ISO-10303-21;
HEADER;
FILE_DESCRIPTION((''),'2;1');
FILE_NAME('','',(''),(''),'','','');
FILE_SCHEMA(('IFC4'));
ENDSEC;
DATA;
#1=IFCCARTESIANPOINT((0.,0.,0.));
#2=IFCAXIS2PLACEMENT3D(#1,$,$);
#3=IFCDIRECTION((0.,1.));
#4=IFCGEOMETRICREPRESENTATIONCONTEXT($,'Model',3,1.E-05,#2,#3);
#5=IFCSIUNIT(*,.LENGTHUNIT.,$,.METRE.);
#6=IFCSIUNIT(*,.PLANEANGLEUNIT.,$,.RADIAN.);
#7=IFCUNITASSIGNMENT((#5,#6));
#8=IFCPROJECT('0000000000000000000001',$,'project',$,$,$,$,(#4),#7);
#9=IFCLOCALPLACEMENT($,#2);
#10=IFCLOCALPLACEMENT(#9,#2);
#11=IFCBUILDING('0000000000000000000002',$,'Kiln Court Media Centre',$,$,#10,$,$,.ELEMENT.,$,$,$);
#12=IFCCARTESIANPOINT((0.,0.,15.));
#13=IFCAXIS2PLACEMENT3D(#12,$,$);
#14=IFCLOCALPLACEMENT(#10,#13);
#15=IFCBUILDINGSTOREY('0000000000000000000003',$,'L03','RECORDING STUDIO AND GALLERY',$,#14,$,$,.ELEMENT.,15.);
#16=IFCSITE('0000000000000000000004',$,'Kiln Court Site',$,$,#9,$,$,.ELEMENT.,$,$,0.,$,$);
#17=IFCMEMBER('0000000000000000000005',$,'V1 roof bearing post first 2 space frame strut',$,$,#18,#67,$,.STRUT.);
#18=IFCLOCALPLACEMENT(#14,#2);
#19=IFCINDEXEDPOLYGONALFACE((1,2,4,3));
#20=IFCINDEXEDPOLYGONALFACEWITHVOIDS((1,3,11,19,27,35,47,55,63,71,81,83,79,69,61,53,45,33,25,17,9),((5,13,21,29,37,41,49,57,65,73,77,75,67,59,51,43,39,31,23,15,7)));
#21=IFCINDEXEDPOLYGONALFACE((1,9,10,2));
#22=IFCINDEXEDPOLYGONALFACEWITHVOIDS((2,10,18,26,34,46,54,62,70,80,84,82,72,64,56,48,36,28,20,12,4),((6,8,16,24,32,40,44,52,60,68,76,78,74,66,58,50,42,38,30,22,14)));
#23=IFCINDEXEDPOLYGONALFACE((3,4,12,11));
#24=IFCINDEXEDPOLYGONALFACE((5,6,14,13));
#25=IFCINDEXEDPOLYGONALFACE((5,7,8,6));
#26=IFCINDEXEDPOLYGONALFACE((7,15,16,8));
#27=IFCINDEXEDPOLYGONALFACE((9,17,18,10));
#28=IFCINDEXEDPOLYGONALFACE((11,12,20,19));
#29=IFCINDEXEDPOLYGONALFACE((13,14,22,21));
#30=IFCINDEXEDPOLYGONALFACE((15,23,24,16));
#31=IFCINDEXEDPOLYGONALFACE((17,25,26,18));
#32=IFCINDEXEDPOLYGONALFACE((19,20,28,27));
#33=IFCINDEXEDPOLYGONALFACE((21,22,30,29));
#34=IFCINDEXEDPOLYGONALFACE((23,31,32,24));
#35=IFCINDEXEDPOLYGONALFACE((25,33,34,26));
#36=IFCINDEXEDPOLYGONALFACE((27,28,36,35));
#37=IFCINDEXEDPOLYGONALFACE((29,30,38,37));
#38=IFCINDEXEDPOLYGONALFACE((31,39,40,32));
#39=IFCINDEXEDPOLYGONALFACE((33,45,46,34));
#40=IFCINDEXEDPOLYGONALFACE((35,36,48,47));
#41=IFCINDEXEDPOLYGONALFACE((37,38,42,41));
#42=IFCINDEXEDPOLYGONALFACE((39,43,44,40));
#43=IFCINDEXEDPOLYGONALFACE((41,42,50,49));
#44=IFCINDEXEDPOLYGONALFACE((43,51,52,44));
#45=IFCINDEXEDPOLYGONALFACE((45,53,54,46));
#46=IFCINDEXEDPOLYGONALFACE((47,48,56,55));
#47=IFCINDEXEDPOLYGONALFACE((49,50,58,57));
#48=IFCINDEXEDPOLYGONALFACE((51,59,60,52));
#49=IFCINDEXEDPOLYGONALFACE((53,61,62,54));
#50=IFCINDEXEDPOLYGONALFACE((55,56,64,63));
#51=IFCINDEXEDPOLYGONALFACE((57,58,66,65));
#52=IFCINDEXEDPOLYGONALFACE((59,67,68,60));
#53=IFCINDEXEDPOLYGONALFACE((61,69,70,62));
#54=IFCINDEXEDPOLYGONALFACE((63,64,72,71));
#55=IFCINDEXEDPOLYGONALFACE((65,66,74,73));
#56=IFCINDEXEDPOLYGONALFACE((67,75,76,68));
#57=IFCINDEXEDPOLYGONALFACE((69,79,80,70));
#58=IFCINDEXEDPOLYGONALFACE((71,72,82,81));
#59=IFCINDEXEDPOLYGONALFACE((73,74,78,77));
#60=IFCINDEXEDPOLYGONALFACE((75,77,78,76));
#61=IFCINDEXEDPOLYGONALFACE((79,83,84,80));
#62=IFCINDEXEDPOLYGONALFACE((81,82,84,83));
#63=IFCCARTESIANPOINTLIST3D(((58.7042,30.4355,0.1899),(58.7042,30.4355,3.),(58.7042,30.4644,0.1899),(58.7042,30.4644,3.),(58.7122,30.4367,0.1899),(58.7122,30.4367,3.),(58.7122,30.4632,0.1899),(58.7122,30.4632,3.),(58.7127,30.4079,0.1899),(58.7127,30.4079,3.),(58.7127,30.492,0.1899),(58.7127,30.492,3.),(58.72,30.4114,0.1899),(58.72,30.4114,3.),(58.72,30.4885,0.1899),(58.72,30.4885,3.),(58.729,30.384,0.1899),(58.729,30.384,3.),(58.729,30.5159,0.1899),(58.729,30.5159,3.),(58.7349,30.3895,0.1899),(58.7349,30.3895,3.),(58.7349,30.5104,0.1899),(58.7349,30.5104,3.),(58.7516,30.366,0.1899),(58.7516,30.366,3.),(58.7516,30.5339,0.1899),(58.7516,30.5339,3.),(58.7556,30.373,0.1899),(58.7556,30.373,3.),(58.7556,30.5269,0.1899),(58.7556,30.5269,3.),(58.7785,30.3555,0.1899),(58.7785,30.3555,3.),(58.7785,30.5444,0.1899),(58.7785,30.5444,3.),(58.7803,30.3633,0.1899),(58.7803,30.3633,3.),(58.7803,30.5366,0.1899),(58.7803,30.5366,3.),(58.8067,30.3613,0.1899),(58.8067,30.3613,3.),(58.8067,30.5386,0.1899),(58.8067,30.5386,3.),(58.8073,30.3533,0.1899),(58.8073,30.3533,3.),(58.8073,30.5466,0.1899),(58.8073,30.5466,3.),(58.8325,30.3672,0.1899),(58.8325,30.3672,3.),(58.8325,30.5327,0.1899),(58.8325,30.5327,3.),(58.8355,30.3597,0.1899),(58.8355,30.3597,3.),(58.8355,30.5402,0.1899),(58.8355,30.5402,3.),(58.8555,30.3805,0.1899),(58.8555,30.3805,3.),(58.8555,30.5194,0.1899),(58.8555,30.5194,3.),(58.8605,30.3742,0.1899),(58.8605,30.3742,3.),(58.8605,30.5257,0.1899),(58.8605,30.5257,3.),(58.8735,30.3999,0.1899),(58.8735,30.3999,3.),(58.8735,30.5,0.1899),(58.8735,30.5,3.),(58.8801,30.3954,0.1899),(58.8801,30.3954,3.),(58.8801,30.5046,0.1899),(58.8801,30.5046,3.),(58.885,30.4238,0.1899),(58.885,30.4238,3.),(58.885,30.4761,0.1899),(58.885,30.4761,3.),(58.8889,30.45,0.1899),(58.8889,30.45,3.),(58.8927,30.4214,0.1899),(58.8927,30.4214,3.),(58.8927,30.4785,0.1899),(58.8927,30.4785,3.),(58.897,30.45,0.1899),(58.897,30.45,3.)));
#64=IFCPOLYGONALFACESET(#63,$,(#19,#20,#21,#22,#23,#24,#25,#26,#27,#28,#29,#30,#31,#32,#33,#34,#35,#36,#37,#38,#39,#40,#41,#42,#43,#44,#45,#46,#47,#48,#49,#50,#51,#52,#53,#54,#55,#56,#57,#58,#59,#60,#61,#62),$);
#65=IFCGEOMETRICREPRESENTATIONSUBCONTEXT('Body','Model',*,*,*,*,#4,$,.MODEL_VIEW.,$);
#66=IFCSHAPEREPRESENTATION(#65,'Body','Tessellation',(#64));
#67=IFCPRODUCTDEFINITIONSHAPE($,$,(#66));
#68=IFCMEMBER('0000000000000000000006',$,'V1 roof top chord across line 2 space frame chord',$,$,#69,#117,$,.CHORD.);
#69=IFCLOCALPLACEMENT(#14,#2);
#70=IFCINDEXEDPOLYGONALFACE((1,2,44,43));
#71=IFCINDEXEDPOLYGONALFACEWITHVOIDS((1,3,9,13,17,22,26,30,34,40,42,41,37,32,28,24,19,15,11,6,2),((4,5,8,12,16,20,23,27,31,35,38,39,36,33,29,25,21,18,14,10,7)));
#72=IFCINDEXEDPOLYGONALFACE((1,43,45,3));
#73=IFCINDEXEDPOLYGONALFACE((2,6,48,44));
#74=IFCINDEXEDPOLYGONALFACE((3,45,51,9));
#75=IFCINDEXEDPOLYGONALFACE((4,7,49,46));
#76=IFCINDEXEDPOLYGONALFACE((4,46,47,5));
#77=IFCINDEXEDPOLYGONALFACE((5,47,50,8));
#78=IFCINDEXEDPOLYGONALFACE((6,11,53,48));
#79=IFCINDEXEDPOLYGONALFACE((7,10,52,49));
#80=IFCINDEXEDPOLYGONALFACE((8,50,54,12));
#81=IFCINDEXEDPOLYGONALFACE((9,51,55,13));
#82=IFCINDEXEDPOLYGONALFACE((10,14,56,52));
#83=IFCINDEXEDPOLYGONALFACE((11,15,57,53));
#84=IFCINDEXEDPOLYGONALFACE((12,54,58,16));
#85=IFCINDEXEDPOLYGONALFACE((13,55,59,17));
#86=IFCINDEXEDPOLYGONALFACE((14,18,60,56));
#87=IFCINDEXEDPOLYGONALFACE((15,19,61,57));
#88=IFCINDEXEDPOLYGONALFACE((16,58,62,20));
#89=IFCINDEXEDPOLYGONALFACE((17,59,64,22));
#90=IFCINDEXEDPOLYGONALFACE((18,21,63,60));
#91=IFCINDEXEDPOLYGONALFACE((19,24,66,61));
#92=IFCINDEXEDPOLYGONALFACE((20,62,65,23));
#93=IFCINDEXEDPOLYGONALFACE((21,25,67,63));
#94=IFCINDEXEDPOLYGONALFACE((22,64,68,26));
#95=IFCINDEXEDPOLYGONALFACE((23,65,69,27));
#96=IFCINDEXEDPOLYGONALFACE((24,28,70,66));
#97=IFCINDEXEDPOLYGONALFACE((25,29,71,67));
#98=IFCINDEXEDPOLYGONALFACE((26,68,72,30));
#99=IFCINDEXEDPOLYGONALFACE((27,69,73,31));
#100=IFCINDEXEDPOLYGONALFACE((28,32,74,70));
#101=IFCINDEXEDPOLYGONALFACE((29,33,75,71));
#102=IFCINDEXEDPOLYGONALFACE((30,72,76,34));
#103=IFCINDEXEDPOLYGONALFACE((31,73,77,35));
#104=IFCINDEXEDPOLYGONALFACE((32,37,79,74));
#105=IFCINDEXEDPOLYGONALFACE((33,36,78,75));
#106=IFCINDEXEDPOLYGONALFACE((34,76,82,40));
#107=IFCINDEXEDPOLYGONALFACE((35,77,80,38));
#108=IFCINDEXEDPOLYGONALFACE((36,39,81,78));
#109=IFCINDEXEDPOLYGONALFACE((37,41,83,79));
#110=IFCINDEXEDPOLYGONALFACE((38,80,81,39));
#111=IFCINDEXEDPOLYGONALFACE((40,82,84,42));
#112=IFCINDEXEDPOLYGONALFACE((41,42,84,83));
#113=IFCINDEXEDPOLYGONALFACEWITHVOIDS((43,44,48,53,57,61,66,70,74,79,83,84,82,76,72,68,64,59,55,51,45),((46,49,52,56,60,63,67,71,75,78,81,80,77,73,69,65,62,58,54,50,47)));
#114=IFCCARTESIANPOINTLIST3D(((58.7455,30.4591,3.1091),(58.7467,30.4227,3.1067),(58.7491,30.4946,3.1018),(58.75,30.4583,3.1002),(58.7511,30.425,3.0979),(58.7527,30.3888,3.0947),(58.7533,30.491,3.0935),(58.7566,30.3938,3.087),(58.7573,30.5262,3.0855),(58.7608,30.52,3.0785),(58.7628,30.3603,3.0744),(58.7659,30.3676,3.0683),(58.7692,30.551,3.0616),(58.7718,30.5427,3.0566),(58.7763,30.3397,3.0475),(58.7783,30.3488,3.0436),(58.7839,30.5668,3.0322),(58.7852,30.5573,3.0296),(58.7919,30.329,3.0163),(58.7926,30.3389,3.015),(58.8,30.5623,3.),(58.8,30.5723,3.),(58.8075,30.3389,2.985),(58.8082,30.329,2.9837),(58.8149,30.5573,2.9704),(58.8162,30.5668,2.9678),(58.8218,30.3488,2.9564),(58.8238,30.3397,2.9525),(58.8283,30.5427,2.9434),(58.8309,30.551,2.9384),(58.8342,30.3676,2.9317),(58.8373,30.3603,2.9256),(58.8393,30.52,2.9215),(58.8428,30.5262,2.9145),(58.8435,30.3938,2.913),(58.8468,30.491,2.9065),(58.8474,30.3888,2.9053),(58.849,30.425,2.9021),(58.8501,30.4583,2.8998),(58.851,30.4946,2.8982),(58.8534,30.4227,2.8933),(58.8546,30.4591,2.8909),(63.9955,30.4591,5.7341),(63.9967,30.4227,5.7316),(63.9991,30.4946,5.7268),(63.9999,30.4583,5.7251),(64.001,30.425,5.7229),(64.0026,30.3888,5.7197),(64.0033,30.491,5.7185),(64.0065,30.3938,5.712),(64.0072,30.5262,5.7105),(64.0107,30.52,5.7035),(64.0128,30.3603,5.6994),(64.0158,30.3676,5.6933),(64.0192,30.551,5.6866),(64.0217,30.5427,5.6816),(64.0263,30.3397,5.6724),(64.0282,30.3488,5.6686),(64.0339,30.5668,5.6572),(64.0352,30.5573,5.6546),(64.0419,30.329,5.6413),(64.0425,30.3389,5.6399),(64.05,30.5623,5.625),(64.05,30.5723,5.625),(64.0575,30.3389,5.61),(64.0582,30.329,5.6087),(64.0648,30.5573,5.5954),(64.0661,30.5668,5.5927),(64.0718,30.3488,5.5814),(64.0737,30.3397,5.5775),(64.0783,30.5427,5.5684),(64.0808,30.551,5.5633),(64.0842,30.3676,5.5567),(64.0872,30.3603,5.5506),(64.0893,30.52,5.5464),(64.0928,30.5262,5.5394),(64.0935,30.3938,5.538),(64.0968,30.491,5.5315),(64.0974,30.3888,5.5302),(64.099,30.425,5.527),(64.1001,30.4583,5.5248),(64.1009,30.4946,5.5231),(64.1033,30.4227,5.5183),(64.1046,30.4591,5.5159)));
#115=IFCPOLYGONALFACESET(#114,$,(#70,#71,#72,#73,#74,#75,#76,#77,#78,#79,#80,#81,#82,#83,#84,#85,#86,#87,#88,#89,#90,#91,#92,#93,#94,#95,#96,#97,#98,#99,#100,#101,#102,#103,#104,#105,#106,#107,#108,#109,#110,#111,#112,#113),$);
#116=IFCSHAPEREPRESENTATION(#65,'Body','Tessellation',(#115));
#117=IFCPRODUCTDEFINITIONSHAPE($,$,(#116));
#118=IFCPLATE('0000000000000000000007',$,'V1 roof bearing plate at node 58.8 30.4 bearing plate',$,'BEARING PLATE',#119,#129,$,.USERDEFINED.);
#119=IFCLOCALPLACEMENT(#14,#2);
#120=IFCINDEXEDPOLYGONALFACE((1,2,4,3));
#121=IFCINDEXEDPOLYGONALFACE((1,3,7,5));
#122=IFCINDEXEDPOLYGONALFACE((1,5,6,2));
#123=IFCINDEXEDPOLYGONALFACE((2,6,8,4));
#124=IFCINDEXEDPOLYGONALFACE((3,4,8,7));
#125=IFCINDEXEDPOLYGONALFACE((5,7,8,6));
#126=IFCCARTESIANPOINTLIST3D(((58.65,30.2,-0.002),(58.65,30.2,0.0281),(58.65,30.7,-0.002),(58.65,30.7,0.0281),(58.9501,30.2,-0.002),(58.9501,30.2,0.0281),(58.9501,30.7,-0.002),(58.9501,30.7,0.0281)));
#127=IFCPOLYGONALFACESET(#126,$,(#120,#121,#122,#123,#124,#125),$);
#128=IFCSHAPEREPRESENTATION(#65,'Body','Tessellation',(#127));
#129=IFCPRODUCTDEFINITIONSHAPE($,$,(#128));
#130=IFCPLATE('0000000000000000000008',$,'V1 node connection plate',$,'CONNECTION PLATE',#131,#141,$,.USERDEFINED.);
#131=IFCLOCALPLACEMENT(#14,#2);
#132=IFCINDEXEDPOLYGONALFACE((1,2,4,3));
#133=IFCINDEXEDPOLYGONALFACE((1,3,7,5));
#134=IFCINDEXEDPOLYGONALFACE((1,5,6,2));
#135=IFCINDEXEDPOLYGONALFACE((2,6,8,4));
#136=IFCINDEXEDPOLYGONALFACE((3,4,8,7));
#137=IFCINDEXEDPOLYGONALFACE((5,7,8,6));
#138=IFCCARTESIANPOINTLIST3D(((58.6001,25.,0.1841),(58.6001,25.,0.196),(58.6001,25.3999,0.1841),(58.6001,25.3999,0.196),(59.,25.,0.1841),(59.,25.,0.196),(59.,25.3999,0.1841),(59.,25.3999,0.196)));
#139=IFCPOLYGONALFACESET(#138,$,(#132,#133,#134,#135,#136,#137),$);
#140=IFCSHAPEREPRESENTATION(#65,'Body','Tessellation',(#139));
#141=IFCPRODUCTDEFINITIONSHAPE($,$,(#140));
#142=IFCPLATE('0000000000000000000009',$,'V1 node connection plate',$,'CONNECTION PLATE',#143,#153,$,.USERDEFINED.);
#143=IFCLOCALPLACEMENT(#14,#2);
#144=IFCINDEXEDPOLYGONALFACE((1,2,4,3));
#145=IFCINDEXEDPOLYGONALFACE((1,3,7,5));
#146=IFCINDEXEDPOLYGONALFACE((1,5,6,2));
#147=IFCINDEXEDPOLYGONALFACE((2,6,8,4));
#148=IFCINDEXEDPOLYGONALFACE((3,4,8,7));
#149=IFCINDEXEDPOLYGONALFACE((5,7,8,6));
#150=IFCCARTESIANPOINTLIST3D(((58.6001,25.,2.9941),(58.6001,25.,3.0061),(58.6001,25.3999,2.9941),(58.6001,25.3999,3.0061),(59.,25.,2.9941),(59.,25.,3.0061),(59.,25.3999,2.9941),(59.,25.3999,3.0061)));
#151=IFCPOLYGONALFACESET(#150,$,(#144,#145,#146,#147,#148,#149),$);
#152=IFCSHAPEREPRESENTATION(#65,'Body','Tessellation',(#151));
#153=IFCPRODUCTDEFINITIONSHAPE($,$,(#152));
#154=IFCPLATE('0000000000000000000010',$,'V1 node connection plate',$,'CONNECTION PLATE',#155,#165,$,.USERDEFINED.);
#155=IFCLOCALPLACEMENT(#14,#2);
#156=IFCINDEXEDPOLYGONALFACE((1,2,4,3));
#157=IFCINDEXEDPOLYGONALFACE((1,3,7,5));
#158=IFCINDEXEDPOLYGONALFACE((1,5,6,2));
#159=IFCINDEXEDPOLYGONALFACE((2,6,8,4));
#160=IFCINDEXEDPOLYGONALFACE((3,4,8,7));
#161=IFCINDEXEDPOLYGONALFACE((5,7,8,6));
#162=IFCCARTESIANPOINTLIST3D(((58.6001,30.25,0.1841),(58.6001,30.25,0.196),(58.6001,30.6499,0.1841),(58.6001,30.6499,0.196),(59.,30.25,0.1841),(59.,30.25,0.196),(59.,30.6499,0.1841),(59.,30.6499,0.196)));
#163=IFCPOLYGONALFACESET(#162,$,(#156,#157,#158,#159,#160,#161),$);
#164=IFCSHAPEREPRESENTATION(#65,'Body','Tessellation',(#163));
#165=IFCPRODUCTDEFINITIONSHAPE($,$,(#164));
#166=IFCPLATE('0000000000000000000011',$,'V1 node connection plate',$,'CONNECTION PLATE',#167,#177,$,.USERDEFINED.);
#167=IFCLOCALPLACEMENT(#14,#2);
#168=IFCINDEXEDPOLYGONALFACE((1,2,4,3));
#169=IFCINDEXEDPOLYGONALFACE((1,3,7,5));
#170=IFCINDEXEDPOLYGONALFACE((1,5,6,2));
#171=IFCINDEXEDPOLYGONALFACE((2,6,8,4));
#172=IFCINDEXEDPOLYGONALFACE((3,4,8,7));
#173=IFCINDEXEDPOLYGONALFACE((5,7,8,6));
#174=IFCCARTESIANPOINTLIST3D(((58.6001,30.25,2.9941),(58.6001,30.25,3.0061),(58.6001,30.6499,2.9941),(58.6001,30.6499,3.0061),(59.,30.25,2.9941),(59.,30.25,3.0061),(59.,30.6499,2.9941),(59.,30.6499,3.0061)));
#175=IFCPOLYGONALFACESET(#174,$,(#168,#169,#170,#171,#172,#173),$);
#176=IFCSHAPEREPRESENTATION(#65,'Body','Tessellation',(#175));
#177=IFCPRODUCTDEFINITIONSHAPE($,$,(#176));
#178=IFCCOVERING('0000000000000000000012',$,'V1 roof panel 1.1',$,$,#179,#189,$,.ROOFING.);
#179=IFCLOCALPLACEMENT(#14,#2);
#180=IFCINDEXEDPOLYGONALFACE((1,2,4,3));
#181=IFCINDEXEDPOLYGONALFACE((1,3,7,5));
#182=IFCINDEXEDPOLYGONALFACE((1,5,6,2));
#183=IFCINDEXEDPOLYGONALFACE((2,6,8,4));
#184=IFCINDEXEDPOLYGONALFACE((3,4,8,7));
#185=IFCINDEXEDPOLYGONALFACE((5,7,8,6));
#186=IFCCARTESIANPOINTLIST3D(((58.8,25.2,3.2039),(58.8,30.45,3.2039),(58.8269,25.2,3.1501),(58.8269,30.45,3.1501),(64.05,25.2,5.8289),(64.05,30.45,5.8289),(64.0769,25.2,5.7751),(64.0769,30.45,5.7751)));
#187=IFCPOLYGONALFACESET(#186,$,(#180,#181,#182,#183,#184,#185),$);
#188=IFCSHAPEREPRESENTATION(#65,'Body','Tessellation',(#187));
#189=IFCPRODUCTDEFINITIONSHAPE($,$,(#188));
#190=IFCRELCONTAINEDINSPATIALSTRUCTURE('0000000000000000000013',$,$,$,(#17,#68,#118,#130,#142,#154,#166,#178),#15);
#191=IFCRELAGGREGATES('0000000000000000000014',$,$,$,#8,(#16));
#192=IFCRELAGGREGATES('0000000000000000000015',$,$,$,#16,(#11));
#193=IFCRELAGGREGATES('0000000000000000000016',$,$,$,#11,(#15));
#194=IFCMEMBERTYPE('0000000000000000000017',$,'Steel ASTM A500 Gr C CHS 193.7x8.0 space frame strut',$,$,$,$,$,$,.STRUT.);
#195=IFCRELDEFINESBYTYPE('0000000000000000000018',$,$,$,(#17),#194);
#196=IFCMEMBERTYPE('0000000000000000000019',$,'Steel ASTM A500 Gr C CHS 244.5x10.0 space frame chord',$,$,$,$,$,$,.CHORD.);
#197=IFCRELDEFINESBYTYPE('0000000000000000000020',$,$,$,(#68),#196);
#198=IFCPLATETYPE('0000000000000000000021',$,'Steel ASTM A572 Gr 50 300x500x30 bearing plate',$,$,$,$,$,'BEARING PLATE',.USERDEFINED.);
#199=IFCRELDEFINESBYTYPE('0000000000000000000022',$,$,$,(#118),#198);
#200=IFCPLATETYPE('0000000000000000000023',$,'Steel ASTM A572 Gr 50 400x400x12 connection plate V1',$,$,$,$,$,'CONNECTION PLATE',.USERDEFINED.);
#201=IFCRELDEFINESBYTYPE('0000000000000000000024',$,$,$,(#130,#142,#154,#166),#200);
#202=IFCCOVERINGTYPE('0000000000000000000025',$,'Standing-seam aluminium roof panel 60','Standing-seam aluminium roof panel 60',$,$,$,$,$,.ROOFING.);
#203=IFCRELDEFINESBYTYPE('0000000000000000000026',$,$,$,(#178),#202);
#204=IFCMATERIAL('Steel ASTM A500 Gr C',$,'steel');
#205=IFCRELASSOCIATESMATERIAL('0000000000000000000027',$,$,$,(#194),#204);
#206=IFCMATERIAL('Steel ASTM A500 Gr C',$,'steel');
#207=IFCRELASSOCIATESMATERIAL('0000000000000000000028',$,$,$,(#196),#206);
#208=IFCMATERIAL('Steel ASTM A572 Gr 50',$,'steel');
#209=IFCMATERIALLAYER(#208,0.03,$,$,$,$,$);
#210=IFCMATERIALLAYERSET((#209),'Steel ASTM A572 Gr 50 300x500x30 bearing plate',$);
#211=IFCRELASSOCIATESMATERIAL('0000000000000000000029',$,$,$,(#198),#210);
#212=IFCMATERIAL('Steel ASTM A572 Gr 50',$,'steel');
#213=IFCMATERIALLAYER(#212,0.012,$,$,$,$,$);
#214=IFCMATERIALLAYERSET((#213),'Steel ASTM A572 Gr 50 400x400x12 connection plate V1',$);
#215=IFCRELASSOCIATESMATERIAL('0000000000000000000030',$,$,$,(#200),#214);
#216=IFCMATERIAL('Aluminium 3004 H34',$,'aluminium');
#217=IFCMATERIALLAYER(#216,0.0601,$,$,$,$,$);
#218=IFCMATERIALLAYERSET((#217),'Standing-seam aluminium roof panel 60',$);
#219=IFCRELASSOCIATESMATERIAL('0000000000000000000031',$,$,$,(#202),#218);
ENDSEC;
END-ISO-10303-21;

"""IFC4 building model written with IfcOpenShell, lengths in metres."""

from ifc_helpers import new_model, si_unit, direction, frame, origin, origin_2d, place, context, subcontext, project, spatial, polyline, rectangle, hollow_circle, outline, extrude, material, layer, layer_set, material_profile, profile_set, type_object, element, save


model = new_model("IFC4")

# Units and contexts
model_context = context("Model", 3, precision=1e-05, world=origin(), true_north=direction((0.0, 1.0)))
body_context = subcontext(model_context, "Body", "Model", "MODEL_VIEW")
ifc_project = project(units=[si_unit("LENGTHUNIT", "METRE"), si_unit("PLANEANGLEUNIT", "RADIAN")], contexts=[model_context])

# Site, building, storey
site_placement = place(None, origin())
site = spatial("IfcSite", under=ifc_project, at=site_placement, Name="Kiln Court Site", CompositionType="ELEMENT", RefElevation=0.0)
building_placement = place(site_placement, origin())
building = spatial("IfcBuilding", under=site, at=building_placement, Name="Kiln Court Media Centre", CompositionType="ELEMENT")
storey_placement = place(building_placement, frame((0.0, 0.0, 15.0)))
storey = spatial("IfcBuildingStorey", under=building, at=storey_placement, Name="L03", Description="RECORDING STUDIO AND GALLERY", CompositionType="ELEMENT", Elevation=15.0)

# Members
ifc_material_1 = material(Name="Steel ASTM A500 Gr C", Category="steel")
ifc_material_profile_1 = material_profile(ifc_material_1, hollow_circle(Radius=0.0969, WallThickness=0.0081, at=origin_2d()), Name="CHS 193.7x8.0")
ifc_profile_set_1 = profile_set([ifc_material_profile_1], Name="Steel ASTM A500 Gr C")
member_type_1 = type_object("IfcMemberType", Name="Steel ASTM A500 Gr C CHS 193.7x8.0 space frame strut", PredefinedType="STRUT", material=ifc_profile_set_1)
member_1_placement = place(storey_placement, frame((58.8, 30.45, 0.1899), z_axis=(0.0, 0.0, 1.0), x_axis=(1.0, 0.0, 0.0)))
element("IfcMember", 1, at=member_1_placement, inside=storey, type_object=member_type_1, Name="V1 roof bearing post first 2 space frame strut", PredefinedType="STRUT", context=body_context, shape_type="SweptSolid", body=[
    extrude(hollow_circle(Radius=0.0969, WallThickness=0.0081, at=origin_2d()), origin(), (0.0, 0.0, 1.0), 2.8101),
])
ifc_material_2 = material(Name="Steel ASTM A500 Gr C", Category="steel")
ifc_material_profile_2 = material_profile(ifc_material_2, hollow_circle(Radius=0.1223, WallThickness=0.01, at=origin_2d()), Name="CHS 244.5x10.0")
ifc_profile_set_2 = profile_set([ifc_material_profile_2], Name="Steel ASTM A500 Gr C")
member_type_2 = type_object("IfcMemberType", Name="Steel ASTM A500 Gr C CHS 244.5x10.0 space frame chord", PredefinedType="CHORD", material=ifc_profile_set_2)
member_2_placement = place(storey_placement, frame((58.8, 30.45, 3.0), z_axis=(0.894427, 0.0, 0.447214), x_axis=(0.0, 1.0, 0.0)))
element("IfcMember", 2, at=member_2_placement, inside=storey, type_object=member_type_2, Name="V1 roof top chord across line 2 space frame chord", PredefinedType="CHORD", context=body_context, shape_type="SweptSolid", body=[
    extrude(hollow_circle(Radius=0.1223, WallThickness=0.01, at=origin_2d()), origin(), (0.0, 0.0, 1.0), 5.8696),
])

# Plates
ifc_material_3 = material(Name="Steel ASTM A572 Gr 50", Category="steel")
ifc_layer_1 = layer(ifc_material_3, 0.03)
ifc_layer_set_1 = layer_set([ifc_layer_1], Name="Steel ASTM A572 Gr 50 300x500x30 bearing plate")
plate_type_1 = type_object("IfcPlateType", Name="Steel ASTM A572 Gr 50 300x500x30 bearing plate", ElementType="BEARING PLATE", PredefinedType="USERDEFINED", material=ifc_layer_set_1)
plate_placement = place(storey_placement, frame((58.8, 30.45, -0.002), z_axis=(0.0, 0.0, 1.0), x_axis=(1.0, 0.0, 0.0)))
element("IfcPlate", 3, at=plate_placement, inside=storey, type_object=plate_type_1, Name="V1 roof bearing plate at node 58.8 30.4 bearing plate", ObjectType="BEARING PLATE", PredefinedType="USERDEFINED", context=body_context, shape_type="SweptSolid", body=[
    extrude(rectangle(XDim=0.3, YDim=0.5, at=origin_2d()), origin(), (0.0, 0.0, 1.0), 0.03),
])
ifc_material_4 = material(Name="Steel ASTM A572 Gr 50", Category="steel")
ifc_layer_2 = layer(ifc_material_4, 0.012)
ifc_layer_set_2 = layer_set([ifc_layer_2], Name="Steel ASTM A572 Gr 50 400x400x12 connection plate V1")
plate_type_2 = type_object("IfcPlateType", Name="Steel ASTM A572 Gr 50 400x400x12 connection plate V1", ElementType="CONNECTION PLATE", PredefinedType="USERDEFINED", material=ifc_layer_set_2)
for number, where, z_axis, x_axis, name in (
    (4, (58.8, 25.2, 0.1841), (0.0, 0.0, 1.0), (1.0, 0.0, 0.0), "V1 node connection plate"),
    (5, (58.8, 25.2, 2.9941), (0.0, 0.0, 1.0), (1.0, 0.0, 0.0), "V1 node connection plate"),
    (6, (58.8, 30.45, 0.1841), (0.0, 0.0, 1.0), (1.0, 0.0, 0.0), "V1 node connection plate"),
    (7, (58.8, 30.45, 2.9941), (0.0, 0.0, 1.0), (1.0, 0.0, 0.0), "V1 node connection plate"),
):
    element("IfcPlate", number, at=place(storey_placement, frame(where, z_axis=z_axis, x_axis=x_axis)), inside=storey, type_object=plate_type_2, Name=name, ObjectType="CONNECTION PLATE", PredefinedType="USERDEFINED", context=body_context, shape_type="SweptSolid", body=[
        extrude(rectangle(XDim=0.3999, YDim=0.3999, at=origin_2d()), origin(), (0.0, 0.0, 1.0), 0.012),
    ])

# Covering
ifc_material_5 = material(Name="Aluminium 3004 H34", Category="aluminium")
ifc_layer_3 = layer(ifc_material_5, 0.0601)
ifc_layer_set_3 = layer_set([ifc_layer_3], Name="Standing-seam aluminium roof panel 60")
covering_type = type_object("IfcCoveringType", Name="Standing-seam aluminium roof panel 60", Description="Standing-seam aluminium roof panel 60", PredefinedType="ROOFING", material=ifc_layer_set_3)
covering_placement = place(storey_placement, frame((58.8, 25.2, 3.2039), z_axis=(-0.447214, 0.0, 0.894427), x_axis=(0.894427, 0.0, 0.447214)))
element("IfcCovering", 8, at=covering_placement, inside=storey, type_object=covering_type, Name="V1 roof panel 1.1", PredefinedType="ROOFING", context=body_context, shape_type="SweptSolid", body=[
    extrude(outline(polyline([(0.0, 0.0), (5.8697, 0.0), (5.8697, 5.25), (0.0, 5.25), (0.0, 0.0)])), origin(), (0.0, 0.0, -1.0), 0.0601),
])

save(model, "model.ifc")
